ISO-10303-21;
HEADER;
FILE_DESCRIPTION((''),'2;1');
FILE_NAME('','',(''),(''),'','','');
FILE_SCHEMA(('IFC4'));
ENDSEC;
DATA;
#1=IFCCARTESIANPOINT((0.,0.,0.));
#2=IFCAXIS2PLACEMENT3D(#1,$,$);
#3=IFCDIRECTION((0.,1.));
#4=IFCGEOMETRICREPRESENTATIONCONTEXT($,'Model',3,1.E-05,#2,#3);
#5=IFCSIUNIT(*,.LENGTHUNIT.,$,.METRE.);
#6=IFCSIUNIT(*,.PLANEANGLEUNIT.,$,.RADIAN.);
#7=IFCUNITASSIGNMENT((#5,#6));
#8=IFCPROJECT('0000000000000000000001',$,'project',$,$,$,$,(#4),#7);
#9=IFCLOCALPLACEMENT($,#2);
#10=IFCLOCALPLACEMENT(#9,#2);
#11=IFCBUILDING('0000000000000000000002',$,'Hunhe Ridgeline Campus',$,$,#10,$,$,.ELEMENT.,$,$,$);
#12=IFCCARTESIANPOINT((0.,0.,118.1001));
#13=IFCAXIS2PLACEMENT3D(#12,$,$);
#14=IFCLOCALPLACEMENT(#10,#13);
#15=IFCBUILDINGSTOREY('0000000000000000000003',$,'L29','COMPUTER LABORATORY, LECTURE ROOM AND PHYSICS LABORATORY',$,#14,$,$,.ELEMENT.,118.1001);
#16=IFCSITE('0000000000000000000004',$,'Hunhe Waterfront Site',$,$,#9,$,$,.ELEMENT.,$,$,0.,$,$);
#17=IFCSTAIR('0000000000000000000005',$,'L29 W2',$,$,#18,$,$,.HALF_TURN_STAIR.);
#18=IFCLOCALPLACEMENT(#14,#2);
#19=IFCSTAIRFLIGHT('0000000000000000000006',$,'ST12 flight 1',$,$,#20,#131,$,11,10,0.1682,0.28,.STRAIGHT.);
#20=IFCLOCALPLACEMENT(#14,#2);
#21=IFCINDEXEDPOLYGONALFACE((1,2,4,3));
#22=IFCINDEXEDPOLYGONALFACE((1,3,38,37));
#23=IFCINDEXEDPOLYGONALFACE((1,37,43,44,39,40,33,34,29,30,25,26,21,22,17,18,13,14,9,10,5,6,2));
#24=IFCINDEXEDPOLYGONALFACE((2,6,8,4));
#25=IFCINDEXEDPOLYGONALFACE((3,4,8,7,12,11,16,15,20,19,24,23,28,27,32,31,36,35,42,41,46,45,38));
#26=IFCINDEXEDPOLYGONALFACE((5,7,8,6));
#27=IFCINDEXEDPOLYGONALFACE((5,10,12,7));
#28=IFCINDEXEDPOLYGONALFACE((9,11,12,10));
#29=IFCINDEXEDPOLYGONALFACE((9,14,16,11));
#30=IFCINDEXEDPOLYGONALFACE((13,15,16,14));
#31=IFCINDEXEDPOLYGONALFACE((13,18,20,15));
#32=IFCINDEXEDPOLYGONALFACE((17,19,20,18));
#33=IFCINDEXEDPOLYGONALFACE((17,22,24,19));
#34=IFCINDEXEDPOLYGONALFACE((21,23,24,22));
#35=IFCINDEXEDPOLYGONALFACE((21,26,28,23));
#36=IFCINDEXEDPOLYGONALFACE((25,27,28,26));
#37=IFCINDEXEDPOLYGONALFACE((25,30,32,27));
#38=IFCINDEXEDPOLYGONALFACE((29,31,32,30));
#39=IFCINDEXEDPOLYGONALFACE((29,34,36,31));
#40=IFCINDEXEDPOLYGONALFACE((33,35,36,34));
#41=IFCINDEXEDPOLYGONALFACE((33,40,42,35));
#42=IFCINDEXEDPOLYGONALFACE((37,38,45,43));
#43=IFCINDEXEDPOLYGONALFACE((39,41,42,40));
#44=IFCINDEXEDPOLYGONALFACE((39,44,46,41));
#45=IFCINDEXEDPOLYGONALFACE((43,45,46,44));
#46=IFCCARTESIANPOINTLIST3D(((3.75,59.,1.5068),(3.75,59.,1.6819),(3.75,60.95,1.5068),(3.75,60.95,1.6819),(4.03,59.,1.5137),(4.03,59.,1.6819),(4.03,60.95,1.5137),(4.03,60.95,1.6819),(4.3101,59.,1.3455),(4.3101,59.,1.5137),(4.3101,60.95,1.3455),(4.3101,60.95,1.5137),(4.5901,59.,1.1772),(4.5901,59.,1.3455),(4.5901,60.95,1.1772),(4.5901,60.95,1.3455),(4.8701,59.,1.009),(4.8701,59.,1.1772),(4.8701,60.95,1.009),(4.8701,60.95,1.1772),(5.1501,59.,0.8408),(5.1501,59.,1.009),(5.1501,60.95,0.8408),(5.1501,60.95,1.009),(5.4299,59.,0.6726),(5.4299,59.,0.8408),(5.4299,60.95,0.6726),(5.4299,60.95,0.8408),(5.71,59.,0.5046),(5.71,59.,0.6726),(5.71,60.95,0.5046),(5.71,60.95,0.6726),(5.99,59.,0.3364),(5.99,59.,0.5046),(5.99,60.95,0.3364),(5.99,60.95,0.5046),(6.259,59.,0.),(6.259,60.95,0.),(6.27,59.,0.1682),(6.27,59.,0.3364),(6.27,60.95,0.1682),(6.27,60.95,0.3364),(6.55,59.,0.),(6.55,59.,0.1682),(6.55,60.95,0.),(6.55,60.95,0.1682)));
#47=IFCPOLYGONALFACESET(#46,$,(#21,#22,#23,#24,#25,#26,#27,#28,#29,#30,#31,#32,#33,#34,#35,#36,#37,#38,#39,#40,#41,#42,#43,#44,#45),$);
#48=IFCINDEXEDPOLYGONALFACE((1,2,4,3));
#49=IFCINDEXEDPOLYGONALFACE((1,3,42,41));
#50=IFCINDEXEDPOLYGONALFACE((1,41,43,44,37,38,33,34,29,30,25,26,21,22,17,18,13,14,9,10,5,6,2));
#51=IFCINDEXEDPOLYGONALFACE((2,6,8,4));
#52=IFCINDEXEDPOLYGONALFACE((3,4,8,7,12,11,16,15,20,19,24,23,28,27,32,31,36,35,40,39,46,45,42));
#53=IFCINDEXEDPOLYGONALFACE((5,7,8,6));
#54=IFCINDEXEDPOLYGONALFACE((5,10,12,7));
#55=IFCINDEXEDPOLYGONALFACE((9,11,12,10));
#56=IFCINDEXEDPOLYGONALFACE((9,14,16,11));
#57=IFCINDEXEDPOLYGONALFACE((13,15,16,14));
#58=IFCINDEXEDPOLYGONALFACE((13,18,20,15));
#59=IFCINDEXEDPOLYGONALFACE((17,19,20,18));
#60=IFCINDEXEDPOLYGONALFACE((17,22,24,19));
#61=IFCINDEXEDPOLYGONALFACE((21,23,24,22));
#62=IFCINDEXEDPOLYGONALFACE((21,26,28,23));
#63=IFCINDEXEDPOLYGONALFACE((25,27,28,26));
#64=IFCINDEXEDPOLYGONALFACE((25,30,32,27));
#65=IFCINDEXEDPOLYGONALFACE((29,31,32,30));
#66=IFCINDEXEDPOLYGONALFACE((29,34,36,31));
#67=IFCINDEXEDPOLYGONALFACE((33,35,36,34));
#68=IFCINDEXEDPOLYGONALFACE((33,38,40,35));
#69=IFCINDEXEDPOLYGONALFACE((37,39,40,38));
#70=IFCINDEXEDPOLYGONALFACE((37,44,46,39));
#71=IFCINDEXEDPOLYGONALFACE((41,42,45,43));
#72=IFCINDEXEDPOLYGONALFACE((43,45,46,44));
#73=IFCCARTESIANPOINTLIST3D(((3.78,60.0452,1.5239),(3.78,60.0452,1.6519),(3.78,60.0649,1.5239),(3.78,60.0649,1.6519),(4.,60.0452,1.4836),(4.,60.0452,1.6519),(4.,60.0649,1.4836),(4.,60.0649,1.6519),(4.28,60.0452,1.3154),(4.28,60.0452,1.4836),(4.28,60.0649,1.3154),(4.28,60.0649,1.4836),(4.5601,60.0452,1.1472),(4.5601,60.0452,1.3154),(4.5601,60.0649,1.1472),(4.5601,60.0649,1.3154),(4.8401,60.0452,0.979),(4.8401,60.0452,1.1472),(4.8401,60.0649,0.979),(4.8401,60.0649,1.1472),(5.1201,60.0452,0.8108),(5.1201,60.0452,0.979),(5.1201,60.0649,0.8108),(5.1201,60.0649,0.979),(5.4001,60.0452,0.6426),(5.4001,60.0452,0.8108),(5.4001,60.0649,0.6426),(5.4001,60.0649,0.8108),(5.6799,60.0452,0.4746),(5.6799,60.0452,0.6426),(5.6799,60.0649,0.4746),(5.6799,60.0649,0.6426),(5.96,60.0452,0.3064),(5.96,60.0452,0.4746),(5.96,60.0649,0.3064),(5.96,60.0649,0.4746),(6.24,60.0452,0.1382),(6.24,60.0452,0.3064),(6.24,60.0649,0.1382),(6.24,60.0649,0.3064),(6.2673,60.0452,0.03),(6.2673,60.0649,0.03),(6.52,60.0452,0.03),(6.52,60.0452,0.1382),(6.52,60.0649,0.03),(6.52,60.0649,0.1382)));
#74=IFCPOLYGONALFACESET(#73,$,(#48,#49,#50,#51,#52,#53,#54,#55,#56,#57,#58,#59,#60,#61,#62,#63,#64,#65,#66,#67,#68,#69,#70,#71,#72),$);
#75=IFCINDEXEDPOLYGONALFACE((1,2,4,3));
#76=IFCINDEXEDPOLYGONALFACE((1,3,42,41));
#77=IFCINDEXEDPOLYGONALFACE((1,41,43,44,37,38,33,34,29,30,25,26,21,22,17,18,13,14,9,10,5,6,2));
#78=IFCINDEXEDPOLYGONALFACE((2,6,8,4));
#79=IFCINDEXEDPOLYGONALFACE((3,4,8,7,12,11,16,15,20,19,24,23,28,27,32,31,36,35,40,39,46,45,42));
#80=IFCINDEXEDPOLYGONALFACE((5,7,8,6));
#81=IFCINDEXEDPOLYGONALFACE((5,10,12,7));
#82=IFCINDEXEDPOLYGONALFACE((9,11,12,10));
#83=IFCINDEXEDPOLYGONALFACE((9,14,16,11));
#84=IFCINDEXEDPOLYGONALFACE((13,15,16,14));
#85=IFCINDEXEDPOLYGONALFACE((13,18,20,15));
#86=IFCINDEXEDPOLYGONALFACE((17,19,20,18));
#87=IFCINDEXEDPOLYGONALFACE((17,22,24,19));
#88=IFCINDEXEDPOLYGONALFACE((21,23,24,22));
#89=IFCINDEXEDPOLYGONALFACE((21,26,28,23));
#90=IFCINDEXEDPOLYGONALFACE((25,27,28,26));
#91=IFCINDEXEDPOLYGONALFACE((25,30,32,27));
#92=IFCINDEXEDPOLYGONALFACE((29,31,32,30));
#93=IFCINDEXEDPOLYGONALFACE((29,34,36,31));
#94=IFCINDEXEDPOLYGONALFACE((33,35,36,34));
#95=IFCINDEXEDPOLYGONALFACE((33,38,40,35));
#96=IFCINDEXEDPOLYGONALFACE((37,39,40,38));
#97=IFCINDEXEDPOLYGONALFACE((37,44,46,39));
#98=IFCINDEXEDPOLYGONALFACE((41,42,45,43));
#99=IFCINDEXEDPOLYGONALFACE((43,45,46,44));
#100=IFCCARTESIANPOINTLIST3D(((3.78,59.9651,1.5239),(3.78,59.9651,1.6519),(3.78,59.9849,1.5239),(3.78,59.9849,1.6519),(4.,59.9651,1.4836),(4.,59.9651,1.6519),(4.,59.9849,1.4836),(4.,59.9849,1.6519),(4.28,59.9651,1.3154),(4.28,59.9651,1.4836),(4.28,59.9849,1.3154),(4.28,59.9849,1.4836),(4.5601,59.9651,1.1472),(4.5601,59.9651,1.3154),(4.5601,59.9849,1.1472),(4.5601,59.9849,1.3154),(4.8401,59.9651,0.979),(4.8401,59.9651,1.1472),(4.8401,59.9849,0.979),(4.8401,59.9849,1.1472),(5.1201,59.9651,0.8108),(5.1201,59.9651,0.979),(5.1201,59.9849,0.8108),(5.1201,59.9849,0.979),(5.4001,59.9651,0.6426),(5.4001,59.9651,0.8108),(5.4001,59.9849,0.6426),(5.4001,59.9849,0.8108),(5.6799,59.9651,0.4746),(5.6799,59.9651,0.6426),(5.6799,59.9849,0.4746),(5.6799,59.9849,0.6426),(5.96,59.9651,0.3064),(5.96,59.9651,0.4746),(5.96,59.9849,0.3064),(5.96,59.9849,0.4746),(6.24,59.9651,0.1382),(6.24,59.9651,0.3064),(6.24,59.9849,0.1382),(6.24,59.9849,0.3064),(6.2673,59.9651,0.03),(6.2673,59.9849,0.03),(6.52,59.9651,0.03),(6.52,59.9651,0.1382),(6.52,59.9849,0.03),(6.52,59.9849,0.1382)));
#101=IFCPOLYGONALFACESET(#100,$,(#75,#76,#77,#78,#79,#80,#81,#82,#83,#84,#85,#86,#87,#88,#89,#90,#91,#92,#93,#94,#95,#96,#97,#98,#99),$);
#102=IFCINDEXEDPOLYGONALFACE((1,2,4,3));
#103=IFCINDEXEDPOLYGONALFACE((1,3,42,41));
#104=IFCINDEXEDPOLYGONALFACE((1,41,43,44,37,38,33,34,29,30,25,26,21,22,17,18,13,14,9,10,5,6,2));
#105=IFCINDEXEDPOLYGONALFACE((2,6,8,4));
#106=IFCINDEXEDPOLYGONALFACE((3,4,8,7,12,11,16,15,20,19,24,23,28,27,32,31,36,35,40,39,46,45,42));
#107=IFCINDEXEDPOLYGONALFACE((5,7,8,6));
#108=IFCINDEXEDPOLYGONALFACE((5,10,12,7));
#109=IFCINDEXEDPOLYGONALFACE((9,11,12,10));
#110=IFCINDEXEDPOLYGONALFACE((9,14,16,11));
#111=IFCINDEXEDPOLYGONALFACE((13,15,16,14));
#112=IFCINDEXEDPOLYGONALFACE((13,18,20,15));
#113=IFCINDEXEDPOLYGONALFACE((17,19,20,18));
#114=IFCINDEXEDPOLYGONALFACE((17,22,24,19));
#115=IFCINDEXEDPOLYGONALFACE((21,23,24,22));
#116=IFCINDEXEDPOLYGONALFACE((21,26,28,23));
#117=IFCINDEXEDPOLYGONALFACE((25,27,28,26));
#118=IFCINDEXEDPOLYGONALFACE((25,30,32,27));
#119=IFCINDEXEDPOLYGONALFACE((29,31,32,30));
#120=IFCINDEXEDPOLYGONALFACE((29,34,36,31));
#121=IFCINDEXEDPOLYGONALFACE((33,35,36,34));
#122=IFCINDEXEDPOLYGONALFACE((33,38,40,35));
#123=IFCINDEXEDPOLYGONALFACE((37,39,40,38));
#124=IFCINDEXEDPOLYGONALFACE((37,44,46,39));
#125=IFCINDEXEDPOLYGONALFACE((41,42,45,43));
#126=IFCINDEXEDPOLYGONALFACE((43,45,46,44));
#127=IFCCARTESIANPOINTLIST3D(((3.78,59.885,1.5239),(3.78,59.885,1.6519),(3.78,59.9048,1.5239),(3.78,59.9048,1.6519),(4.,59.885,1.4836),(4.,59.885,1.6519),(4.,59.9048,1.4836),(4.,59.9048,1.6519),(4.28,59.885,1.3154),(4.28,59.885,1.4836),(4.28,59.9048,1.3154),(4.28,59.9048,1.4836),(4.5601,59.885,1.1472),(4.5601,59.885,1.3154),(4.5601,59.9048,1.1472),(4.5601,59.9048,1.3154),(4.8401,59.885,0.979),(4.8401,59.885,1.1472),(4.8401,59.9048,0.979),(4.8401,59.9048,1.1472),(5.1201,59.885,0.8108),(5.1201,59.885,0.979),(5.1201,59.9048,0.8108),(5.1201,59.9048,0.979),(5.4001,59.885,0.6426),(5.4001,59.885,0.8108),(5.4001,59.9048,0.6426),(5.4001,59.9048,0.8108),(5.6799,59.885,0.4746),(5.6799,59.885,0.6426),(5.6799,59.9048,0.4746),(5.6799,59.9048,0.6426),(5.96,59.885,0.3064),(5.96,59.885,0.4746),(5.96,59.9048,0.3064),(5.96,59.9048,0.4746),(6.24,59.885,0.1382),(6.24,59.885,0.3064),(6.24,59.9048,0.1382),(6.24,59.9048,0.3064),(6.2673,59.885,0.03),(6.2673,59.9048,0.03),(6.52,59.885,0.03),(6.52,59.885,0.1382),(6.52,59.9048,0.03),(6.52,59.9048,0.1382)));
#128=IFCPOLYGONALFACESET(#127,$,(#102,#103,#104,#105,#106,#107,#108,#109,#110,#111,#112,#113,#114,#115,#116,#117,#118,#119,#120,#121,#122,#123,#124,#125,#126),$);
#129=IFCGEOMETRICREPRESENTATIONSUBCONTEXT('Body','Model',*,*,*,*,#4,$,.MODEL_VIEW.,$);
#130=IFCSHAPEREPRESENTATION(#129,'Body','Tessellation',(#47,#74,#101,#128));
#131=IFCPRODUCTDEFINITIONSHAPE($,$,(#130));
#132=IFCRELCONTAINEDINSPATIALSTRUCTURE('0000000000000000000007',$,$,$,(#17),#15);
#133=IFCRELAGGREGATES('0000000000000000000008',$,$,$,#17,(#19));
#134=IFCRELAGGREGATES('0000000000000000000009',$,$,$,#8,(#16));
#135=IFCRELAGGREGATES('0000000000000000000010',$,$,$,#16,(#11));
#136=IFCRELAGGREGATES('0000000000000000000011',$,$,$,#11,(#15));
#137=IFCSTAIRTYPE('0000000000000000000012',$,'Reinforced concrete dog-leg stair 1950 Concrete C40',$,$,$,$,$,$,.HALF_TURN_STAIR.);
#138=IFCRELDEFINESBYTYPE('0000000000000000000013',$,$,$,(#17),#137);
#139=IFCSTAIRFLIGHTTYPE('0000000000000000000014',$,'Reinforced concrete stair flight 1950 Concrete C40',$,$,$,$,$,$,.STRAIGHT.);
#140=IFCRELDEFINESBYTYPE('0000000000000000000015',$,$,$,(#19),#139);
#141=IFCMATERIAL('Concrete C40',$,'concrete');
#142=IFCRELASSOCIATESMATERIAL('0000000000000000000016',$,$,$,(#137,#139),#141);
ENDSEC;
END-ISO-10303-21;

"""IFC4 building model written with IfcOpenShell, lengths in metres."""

from ifc_helpers import new_model, si_unit, direction, frame, origin, place, context, subcontext, project, spatial, polyline, outline, extrude, material, type_object, element, aggregate, save


model = new_model("IFC4")

# Units and contexts
model_context = context("Model", 3, precision=1e-05, world=origin(), true_north=direction((0.0, 1.0)))
body_context = subcontext(model_context, "Body", "Model", "MODEL_VIEW")
ifc_project = project(units=[si_unit("LENGTHUNIT", "METRE"), si_unit("PLANEANGLEUNIT", "RADIAN")], contexts=[model_context])

# Site, building, storey
site_placement = place(None, origin())
site = spatial("IfcSite", under=ifc_project, at=site_placement, Name="Hunhe Waterfront Site", CompositionType="ELEMENT", RefElevation=0.0)
building_placement = place(site_placement, origin())
building = spatial("IfcBuilding", under=site, at=building_placement, Name="Hunhe Ridgeline Campus", CompositionType="ELEMENT")
storey_placement = place(building_placement, frame((0.0, 0.0, 118.1001)))
storey = spatial("IfcBuildingStorey", under=building, at=storey_placement, Name="L29", Description="COMPUTER LABORATORY, LECTURE ROOM AND PHYSICS LABORATORY", CompositionType="ELEMENT", Elevation=118.1001)

# Stair, stair flight
ifc_material_1 = material(Name="Concrete C40", Category="concrete")
stair_type = type_object("IfcStairType", Name="Reinforced concrete dog-leg stair 1950 Concrete C40", PredefinedType="HALF_TURN_STAIR", material=ifc_material_1)
stair_flight_type = type_object("IfcStairFlightType", Name="Reinforced concrete stair flight 1950 Concrete C40", PredefinedType="STRAIGHT", material=ifc_material_1)
stair_1_placement = place(storey_placement, origin())
stair_1 = element("IfcStair", 1, at=stair_1_placement, inside=storey, type_object=stair_type, Name="L29 W2", PredefinedType="HALF_TURN_STAIR")
stair_flight_1_placement = place(storey_placement, frame((6.55, 59.9751, 0.0), z_axis=(0.0, 0.0, 1.0), x_axis=(-1.0, 0.0, 0.0)))
stair_flight_1 = element("IfcStairFlight", 2, at=stair_flight_1_placement, type_object=stair_flight_type, Name="ST12 flight 1", NumberOfRisers=11, NumberOfTreads=10, PredefinedType="STRAIGHT", RiserHeight=0.1682, TreadLength=0.28, context=body_context, shape_type="SweptSolid", body=[
    extrude(outline(polyline([(0.0, 0.0), (0.0, 0.1682), (0.28, 0.1682), (0.28, 0.3364), (0.5601, 0.3364), (0.5601, 0.5046), (0.8401, 0.5046), (0.8401, 0.6726), (1.1201, 0.6726), (1.1201, 0.8408), (1.3999, 0.8408), (1.3999, 1.009), (1.6799, 1.009), (1.6799, 1.1772), (1.96, 1.1772), (1.96, 1.3455), (2.24, 1.3455), (2.24, 1.5137), (2.52, 1.5137), (2.52, 1.6819), (2.8, 1.6819), (2.8, 1.8501), (2.8, 1.5068), (0.291, 0.0), (0.0, 0.0)])), frame((0.0, 0.9751, 0.0), z_axis=(0.0, -1.0, 0.0), x_axis=(1.0, 0.0, 0.0)), (0.0, 0.0, 1.0), 1.95),
    extrude(outline(polyline([(0.03, 0.03), (0.03, 0.1382), (0.3101, 0.1382), (0.3101, 0.3064), (0.5901, 0.3064), (0.5901, 0.4746), (0.8701, 0.4746), (0.8701, 0.6426), (1.1499, 0.6426), (1.1499, 0.8108), (1.4299, 0.8108), (1.4299, 0.979), (1.71, 0.979), (1.71, 1.1472), (1.99, 1.1472), (1.99, 1.3154), (2.27, 1.3154), (2.27, 1.4836), (2.55, 1.4836), (2.55, 1.6519), (2.77, 1.6519), (2.77, 1.5239), (0.2827, 0.03), (0.03, 0.03)])), frame((0.0, -0.0701, 0.0), z_axis=(0.0, -1.0, 0.0), x_axis=(1.0, 0.0, 0.0)), (0.0, 0.0, 1.0), 0.0198),
    extrude(outline(polyline([(0.03, 0.03), (0.03, 0.1382), (0.3101, 0.1382), (0.3101, 0.3064), (0.5901, 0.3064), (0.5901, 0.4746), (0.8701, 0.4746), (0.8701, 0.6426), (1.1499, 0.6426), (1.1499, 0.8108), (1.4299, 0.8108), (1.4299, 0.979), (1.71, 0.979), (1.71, 1.1472), (1.99, 1.1472), (1.99, 1.3154), (2.27, 1.3154), (2.27, 1.4836), (2.55, 1.4836), (2.55, 1.6519), (2.77, 1.6519), (2.77, 1.5239), (0.2827, 0.03), (0.03, 0.03)])), frame((0.0, 0.01, 0.0), z_axis=(0.0, -1.0, 0.0), x_axis=(1.0, 0.0, 0.0)), (0.0, 0.0, 1.0), 0.0198),
    extrude(outline(polyline([(0.03, 0.03), (0.03, 0.1382), (0.3101, 0.1382), (0.3101, 0.3064), (0.5901, 0.3064), (0.5901, 0.4746), (0.8701, 0.4746), (0.8701, 0.6426), (1.1499, 0.6426), (1.1499, 0.8108), (1.4299, 0.8108), (1.4299, 0.979), (1.71, 0.979), (1.71, 1.1472), (1.99, 1.1472), (1.99, 1.3154), (2.27, 1.3154), (2.27, 1.4836), (2.55, 1.4836), (2.55, 1.6519), (2.77, 1.6519), (2.77, 1.5239), (0.2827, 0.03), (0.03, 0.03)])), frame((0.0, 0.0901, 0.0), z_axis=(0.0, -1.0, 0.0), x_axis=(1.0, 0.0, 0.0)), (0.0, 0.0, 1.0), 0.0198),
])
aggregate(stair_1, [stair_flight_1])

save(model, "model.ifc")
